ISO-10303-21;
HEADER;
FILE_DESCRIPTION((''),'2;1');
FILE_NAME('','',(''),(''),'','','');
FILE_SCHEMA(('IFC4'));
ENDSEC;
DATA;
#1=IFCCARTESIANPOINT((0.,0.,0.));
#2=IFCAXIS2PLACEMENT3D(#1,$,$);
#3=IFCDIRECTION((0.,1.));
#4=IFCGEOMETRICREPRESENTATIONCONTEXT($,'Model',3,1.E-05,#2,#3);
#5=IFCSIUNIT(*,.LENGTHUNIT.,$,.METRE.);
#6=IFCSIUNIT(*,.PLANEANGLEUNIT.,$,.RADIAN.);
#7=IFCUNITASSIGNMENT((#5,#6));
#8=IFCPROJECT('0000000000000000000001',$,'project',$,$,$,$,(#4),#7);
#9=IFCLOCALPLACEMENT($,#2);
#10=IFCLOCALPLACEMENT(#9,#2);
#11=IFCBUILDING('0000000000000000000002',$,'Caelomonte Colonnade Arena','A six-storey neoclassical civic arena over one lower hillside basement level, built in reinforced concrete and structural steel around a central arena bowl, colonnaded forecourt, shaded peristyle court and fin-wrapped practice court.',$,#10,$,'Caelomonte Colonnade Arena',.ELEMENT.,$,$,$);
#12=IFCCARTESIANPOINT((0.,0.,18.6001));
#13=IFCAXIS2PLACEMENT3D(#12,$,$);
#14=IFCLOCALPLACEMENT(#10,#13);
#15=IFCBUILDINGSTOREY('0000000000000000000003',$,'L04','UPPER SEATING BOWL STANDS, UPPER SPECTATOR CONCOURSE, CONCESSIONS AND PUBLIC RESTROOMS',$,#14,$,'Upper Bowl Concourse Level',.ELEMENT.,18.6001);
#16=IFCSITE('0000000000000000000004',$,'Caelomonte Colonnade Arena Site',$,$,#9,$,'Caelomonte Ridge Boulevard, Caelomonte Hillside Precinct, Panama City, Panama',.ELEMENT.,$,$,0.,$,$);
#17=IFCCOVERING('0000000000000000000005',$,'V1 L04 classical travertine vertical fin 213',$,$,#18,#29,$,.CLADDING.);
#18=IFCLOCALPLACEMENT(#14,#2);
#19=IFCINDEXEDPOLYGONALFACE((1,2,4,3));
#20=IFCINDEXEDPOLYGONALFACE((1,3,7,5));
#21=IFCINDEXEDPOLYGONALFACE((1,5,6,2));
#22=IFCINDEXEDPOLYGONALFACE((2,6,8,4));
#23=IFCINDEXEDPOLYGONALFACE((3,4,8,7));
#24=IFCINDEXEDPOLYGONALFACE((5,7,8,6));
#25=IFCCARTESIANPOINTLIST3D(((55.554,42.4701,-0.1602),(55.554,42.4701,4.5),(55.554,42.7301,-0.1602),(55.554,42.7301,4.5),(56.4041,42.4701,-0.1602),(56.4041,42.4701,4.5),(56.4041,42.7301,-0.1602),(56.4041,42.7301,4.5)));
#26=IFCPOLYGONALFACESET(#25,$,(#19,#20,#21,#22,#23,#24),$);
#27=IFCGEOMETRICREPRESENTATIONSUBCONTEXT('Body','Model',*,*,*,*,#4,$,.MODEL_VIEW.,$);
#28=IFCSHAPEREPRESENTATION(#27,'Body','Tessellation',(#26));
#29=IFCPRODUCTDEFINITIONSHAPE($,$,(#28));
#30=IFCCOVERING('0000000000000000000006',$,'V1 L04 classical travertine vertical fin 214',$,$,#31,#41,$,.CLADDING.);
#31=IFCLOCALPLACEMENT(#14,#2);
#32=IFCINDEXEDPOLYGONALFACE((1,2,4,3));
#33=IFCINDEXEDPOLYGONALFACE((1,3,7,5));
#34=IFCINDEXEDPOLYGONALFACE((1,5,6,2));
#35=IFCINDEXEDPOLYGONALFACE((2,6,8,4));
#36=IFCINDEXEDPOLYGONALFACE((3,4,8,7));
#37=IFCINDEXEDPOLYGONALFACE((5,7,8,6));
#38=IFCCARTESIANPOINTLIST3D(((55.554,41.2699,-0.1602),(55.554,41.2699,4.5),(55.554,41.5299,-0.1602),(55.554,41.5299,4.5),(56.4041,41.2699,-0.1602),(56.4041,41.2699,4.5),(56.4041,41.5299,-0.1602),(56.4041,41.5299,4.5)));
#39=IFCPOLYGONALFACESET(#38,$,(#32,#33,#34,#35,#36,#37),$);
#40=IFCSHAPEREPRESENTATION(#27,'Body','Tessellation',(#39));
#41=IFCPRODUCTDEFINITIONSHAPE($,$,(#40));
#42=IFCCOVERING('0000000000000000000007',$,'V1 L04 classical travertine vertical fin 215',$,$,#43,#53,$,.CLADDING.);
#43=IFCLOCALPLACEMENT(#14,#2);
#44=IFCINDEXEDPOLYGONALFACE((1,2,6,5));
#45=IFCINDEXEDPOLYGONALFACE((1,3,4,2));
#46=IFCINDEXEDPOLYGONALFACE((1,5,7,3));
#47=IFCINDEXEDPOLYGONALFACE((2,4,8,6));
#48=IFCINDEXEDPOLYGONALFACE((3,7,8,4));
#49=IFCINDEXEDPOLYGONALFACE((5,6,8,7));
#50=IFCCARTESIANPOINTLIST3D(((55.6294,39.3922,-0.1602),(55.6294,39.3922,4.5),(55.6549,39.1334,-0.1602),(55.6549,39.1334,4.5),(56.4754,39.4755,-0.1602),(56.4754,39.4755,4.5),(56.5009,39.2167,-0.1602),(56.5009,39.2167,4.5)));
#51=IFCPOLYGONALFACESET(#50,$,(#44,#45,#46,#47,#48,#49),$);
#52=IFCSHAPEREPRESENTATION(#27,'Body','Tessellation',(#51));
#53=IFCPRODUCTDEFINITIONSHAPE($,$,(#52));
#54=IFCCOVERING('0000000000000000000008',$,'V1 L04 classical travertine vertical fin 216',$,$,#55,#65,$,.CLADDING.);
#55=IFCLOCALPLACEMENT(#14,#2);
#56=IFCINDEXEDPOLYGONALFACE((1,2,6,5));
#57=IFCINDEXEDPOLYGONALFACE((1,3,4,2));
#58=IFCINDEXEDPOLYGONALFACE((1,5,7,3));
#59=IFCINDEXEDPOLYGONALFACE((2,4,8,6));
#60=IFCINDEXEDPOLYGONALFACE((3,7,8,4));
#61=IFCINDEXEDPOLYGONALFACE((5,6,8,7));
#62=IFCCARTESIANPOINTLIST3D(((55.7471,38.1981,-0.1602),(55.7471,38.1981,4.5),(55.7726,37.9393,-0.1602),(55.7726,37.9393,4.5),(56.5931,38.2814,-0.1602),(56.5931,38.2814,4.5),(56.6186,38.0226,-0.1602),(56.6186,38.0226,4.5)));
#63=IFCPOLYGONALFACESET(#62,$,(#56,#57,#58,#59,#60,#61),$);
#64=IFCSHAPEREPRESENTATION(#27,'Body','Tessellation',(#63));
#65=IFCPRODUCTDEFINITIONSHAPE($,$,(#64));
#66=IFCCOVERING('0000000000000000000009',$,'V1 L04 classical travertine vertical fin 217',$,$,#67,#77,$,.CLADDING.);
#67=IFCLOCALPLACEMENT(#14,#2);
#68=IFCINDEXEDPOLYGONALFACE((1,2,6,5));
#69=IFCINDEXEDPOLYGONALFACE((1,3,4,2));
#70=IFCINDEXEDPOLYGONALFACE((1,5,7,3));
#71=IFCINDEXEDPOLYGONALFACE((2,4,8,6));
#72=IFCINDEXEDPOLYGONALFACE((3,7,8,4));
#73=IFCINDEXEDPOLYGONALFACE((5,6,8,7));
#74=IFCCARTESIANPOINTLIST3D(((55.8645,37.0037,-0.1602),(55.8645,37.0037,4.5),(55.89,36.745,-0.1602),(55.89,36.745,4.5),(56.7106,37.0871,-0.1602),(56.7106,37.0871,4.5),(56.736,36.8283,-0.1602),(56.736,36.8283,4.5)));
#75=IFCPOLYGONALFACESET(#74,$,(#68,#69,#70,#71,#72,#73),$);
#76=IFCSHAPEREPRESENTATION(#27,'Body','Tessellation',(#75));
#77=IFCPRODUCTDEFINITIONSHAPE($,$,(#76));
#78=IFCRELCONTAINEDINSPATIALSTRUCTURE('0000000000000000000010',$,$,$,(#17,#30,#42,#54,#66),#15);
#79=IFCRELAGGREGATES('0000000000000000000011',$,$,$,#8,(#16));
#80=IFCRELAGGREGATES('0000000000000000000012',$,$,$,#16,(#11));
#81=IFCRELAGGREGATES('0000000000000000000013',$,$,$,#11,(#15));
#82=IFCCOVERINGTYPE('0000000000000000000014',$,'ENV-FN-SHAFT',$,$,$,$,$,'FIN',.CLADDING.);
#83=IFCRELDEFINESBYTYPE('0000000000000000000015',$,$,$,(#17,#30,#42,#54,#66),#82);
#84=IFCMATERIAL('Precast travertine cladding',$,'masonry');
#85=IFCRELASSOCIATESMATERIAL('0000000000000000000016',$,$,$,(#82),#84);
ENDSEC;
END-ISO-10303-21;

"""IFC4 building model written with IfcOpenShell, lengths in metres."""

from ifc_helpers import new_model, si_unit, direction, frame, origin, origin_2d, place, context, subcontext, project, spatial, rectangle, extrude, material, material_profile, profile_set, type_object, element, save


model = new_model("IFC4")

# Units and contexts
model_context = context("Model", 3, precision=1e-05, world=origin(), true_north=direction((0.0, 1.0)))
body_context = subcontext(model_context, "Body", "Model", "MODEL_VIEW")
ifc_project = project(units=[si_unit("LENGTHUNIT", "METRE"), si_unit("PLANEANGLEUNIT", "RADIAN")], contexts=[model_context])

# Site, building, storey
site_placement = place(None, origin())
site = spatial("IfcSite", under=ifc_project, at=site_placement, Name="Caelomonte Colonnade Arena Site", LongName="Caelomonte Ridge Boulevard, Caelomonte Hillside Precinct, Panama City, Panama", CompositionType="ELEMENT", RefElevation=0.0)
building_placement = place(site_placement, origin())
building = spatial("IfcBuilding", under=site, at=building_placement, Name="Caelomonte Colonnade Arena", Description="A six-storey neoclassical civic arena over one lower hillside basement level, built in reinforced concrete and structural steel around a central arena bowl, colonnaded forecourt, shaded peristyle court and fin-wrapped practice court.", LongName="Caelomonte Colonnade Arena", CompositionType="ELEMENT")
storey_placement = place(building_placement, frame((0.0, 0.0, 18.6001)))
storey = spatial("IfcBuildingStorey", under=building, at=storey_placement, Name="L04", Description="UPPER SEATING BOWL STANDS, UPPER SPECTATOR CONCOURSE, CONCESSIONS AND PUBLIC RESTROOMS", LongName="Upper Bowl Concourse Level", CompositionType="ELEMENT", Elevation=18.6001)

# Coverings
ifc_material_1 = material(Name="Precast travertine cladding", Category="masonry")
ifc_material_profile = material_profile(ifc_material_1, rectangle(XDim=0.26, YDim=0.8501, at=origin_2d()), Name="FIN260X850")
ifc_profile_set = profile_set([ifc_material_profile], Name="Precast travertine cladding")
covering_type_1 = type_object("IfcCoveringType", Name="ENV-FN-SHAFT", ElementType="FIN", PredefinedType="CLADDING", material=ifc_profile_set)
for number, where, z_axis, x_axis, name in (
    (1, (55.979, 42.6001, -0.1602), (0.0, 0.0, 1.0), (0.0, 1.0, 0.0), "V1 L04 classical travertine vertical fin 213"),
    (2, (55.979, 41.3999, -0.1602), (0.0, 0.0, 1.0), (0.0, 1.0, 0.0), "V1 L04 classical travertine vertical fin 214"),
    (3, (56.0652, 39.3044, -0.1602), (0.0, 0.0, 1.0), (-0.098015, 0.995185, 0.0), "V1 L04 classical travertine vertical fin 215"),
    (4, (56.1829, 38.1104, -0.1602), (0.0, 0.0, 1.0), (-0.098015, 0.995185, 0.0), "V1 L04 classical travertine vertical fin 216"),
    (5, (56.3003, 36.916, -0.1602), (0.0, 0.0, 1.0), (-0.098015, 0.995185, 0.0), "V1 L04 classical travertine vertical fin 217"),
):
    element("IfcCovering", number, at=place(storey_placement, frame(where, z_axis=z_axis, x_axis=x_axis)), inside=storey, type_object=covering_type_1, Name=name, PredefinedType="CLADDING", context=body_context, shape_type="SweptSolid", body=[
        extrude(rectangle(XDim=0.26, YDim=0.8501, at=origin_2d()), origin(), (0.0, 0.0, 1.0), 4.6602),
    ])

save(model, "model.ifc")
